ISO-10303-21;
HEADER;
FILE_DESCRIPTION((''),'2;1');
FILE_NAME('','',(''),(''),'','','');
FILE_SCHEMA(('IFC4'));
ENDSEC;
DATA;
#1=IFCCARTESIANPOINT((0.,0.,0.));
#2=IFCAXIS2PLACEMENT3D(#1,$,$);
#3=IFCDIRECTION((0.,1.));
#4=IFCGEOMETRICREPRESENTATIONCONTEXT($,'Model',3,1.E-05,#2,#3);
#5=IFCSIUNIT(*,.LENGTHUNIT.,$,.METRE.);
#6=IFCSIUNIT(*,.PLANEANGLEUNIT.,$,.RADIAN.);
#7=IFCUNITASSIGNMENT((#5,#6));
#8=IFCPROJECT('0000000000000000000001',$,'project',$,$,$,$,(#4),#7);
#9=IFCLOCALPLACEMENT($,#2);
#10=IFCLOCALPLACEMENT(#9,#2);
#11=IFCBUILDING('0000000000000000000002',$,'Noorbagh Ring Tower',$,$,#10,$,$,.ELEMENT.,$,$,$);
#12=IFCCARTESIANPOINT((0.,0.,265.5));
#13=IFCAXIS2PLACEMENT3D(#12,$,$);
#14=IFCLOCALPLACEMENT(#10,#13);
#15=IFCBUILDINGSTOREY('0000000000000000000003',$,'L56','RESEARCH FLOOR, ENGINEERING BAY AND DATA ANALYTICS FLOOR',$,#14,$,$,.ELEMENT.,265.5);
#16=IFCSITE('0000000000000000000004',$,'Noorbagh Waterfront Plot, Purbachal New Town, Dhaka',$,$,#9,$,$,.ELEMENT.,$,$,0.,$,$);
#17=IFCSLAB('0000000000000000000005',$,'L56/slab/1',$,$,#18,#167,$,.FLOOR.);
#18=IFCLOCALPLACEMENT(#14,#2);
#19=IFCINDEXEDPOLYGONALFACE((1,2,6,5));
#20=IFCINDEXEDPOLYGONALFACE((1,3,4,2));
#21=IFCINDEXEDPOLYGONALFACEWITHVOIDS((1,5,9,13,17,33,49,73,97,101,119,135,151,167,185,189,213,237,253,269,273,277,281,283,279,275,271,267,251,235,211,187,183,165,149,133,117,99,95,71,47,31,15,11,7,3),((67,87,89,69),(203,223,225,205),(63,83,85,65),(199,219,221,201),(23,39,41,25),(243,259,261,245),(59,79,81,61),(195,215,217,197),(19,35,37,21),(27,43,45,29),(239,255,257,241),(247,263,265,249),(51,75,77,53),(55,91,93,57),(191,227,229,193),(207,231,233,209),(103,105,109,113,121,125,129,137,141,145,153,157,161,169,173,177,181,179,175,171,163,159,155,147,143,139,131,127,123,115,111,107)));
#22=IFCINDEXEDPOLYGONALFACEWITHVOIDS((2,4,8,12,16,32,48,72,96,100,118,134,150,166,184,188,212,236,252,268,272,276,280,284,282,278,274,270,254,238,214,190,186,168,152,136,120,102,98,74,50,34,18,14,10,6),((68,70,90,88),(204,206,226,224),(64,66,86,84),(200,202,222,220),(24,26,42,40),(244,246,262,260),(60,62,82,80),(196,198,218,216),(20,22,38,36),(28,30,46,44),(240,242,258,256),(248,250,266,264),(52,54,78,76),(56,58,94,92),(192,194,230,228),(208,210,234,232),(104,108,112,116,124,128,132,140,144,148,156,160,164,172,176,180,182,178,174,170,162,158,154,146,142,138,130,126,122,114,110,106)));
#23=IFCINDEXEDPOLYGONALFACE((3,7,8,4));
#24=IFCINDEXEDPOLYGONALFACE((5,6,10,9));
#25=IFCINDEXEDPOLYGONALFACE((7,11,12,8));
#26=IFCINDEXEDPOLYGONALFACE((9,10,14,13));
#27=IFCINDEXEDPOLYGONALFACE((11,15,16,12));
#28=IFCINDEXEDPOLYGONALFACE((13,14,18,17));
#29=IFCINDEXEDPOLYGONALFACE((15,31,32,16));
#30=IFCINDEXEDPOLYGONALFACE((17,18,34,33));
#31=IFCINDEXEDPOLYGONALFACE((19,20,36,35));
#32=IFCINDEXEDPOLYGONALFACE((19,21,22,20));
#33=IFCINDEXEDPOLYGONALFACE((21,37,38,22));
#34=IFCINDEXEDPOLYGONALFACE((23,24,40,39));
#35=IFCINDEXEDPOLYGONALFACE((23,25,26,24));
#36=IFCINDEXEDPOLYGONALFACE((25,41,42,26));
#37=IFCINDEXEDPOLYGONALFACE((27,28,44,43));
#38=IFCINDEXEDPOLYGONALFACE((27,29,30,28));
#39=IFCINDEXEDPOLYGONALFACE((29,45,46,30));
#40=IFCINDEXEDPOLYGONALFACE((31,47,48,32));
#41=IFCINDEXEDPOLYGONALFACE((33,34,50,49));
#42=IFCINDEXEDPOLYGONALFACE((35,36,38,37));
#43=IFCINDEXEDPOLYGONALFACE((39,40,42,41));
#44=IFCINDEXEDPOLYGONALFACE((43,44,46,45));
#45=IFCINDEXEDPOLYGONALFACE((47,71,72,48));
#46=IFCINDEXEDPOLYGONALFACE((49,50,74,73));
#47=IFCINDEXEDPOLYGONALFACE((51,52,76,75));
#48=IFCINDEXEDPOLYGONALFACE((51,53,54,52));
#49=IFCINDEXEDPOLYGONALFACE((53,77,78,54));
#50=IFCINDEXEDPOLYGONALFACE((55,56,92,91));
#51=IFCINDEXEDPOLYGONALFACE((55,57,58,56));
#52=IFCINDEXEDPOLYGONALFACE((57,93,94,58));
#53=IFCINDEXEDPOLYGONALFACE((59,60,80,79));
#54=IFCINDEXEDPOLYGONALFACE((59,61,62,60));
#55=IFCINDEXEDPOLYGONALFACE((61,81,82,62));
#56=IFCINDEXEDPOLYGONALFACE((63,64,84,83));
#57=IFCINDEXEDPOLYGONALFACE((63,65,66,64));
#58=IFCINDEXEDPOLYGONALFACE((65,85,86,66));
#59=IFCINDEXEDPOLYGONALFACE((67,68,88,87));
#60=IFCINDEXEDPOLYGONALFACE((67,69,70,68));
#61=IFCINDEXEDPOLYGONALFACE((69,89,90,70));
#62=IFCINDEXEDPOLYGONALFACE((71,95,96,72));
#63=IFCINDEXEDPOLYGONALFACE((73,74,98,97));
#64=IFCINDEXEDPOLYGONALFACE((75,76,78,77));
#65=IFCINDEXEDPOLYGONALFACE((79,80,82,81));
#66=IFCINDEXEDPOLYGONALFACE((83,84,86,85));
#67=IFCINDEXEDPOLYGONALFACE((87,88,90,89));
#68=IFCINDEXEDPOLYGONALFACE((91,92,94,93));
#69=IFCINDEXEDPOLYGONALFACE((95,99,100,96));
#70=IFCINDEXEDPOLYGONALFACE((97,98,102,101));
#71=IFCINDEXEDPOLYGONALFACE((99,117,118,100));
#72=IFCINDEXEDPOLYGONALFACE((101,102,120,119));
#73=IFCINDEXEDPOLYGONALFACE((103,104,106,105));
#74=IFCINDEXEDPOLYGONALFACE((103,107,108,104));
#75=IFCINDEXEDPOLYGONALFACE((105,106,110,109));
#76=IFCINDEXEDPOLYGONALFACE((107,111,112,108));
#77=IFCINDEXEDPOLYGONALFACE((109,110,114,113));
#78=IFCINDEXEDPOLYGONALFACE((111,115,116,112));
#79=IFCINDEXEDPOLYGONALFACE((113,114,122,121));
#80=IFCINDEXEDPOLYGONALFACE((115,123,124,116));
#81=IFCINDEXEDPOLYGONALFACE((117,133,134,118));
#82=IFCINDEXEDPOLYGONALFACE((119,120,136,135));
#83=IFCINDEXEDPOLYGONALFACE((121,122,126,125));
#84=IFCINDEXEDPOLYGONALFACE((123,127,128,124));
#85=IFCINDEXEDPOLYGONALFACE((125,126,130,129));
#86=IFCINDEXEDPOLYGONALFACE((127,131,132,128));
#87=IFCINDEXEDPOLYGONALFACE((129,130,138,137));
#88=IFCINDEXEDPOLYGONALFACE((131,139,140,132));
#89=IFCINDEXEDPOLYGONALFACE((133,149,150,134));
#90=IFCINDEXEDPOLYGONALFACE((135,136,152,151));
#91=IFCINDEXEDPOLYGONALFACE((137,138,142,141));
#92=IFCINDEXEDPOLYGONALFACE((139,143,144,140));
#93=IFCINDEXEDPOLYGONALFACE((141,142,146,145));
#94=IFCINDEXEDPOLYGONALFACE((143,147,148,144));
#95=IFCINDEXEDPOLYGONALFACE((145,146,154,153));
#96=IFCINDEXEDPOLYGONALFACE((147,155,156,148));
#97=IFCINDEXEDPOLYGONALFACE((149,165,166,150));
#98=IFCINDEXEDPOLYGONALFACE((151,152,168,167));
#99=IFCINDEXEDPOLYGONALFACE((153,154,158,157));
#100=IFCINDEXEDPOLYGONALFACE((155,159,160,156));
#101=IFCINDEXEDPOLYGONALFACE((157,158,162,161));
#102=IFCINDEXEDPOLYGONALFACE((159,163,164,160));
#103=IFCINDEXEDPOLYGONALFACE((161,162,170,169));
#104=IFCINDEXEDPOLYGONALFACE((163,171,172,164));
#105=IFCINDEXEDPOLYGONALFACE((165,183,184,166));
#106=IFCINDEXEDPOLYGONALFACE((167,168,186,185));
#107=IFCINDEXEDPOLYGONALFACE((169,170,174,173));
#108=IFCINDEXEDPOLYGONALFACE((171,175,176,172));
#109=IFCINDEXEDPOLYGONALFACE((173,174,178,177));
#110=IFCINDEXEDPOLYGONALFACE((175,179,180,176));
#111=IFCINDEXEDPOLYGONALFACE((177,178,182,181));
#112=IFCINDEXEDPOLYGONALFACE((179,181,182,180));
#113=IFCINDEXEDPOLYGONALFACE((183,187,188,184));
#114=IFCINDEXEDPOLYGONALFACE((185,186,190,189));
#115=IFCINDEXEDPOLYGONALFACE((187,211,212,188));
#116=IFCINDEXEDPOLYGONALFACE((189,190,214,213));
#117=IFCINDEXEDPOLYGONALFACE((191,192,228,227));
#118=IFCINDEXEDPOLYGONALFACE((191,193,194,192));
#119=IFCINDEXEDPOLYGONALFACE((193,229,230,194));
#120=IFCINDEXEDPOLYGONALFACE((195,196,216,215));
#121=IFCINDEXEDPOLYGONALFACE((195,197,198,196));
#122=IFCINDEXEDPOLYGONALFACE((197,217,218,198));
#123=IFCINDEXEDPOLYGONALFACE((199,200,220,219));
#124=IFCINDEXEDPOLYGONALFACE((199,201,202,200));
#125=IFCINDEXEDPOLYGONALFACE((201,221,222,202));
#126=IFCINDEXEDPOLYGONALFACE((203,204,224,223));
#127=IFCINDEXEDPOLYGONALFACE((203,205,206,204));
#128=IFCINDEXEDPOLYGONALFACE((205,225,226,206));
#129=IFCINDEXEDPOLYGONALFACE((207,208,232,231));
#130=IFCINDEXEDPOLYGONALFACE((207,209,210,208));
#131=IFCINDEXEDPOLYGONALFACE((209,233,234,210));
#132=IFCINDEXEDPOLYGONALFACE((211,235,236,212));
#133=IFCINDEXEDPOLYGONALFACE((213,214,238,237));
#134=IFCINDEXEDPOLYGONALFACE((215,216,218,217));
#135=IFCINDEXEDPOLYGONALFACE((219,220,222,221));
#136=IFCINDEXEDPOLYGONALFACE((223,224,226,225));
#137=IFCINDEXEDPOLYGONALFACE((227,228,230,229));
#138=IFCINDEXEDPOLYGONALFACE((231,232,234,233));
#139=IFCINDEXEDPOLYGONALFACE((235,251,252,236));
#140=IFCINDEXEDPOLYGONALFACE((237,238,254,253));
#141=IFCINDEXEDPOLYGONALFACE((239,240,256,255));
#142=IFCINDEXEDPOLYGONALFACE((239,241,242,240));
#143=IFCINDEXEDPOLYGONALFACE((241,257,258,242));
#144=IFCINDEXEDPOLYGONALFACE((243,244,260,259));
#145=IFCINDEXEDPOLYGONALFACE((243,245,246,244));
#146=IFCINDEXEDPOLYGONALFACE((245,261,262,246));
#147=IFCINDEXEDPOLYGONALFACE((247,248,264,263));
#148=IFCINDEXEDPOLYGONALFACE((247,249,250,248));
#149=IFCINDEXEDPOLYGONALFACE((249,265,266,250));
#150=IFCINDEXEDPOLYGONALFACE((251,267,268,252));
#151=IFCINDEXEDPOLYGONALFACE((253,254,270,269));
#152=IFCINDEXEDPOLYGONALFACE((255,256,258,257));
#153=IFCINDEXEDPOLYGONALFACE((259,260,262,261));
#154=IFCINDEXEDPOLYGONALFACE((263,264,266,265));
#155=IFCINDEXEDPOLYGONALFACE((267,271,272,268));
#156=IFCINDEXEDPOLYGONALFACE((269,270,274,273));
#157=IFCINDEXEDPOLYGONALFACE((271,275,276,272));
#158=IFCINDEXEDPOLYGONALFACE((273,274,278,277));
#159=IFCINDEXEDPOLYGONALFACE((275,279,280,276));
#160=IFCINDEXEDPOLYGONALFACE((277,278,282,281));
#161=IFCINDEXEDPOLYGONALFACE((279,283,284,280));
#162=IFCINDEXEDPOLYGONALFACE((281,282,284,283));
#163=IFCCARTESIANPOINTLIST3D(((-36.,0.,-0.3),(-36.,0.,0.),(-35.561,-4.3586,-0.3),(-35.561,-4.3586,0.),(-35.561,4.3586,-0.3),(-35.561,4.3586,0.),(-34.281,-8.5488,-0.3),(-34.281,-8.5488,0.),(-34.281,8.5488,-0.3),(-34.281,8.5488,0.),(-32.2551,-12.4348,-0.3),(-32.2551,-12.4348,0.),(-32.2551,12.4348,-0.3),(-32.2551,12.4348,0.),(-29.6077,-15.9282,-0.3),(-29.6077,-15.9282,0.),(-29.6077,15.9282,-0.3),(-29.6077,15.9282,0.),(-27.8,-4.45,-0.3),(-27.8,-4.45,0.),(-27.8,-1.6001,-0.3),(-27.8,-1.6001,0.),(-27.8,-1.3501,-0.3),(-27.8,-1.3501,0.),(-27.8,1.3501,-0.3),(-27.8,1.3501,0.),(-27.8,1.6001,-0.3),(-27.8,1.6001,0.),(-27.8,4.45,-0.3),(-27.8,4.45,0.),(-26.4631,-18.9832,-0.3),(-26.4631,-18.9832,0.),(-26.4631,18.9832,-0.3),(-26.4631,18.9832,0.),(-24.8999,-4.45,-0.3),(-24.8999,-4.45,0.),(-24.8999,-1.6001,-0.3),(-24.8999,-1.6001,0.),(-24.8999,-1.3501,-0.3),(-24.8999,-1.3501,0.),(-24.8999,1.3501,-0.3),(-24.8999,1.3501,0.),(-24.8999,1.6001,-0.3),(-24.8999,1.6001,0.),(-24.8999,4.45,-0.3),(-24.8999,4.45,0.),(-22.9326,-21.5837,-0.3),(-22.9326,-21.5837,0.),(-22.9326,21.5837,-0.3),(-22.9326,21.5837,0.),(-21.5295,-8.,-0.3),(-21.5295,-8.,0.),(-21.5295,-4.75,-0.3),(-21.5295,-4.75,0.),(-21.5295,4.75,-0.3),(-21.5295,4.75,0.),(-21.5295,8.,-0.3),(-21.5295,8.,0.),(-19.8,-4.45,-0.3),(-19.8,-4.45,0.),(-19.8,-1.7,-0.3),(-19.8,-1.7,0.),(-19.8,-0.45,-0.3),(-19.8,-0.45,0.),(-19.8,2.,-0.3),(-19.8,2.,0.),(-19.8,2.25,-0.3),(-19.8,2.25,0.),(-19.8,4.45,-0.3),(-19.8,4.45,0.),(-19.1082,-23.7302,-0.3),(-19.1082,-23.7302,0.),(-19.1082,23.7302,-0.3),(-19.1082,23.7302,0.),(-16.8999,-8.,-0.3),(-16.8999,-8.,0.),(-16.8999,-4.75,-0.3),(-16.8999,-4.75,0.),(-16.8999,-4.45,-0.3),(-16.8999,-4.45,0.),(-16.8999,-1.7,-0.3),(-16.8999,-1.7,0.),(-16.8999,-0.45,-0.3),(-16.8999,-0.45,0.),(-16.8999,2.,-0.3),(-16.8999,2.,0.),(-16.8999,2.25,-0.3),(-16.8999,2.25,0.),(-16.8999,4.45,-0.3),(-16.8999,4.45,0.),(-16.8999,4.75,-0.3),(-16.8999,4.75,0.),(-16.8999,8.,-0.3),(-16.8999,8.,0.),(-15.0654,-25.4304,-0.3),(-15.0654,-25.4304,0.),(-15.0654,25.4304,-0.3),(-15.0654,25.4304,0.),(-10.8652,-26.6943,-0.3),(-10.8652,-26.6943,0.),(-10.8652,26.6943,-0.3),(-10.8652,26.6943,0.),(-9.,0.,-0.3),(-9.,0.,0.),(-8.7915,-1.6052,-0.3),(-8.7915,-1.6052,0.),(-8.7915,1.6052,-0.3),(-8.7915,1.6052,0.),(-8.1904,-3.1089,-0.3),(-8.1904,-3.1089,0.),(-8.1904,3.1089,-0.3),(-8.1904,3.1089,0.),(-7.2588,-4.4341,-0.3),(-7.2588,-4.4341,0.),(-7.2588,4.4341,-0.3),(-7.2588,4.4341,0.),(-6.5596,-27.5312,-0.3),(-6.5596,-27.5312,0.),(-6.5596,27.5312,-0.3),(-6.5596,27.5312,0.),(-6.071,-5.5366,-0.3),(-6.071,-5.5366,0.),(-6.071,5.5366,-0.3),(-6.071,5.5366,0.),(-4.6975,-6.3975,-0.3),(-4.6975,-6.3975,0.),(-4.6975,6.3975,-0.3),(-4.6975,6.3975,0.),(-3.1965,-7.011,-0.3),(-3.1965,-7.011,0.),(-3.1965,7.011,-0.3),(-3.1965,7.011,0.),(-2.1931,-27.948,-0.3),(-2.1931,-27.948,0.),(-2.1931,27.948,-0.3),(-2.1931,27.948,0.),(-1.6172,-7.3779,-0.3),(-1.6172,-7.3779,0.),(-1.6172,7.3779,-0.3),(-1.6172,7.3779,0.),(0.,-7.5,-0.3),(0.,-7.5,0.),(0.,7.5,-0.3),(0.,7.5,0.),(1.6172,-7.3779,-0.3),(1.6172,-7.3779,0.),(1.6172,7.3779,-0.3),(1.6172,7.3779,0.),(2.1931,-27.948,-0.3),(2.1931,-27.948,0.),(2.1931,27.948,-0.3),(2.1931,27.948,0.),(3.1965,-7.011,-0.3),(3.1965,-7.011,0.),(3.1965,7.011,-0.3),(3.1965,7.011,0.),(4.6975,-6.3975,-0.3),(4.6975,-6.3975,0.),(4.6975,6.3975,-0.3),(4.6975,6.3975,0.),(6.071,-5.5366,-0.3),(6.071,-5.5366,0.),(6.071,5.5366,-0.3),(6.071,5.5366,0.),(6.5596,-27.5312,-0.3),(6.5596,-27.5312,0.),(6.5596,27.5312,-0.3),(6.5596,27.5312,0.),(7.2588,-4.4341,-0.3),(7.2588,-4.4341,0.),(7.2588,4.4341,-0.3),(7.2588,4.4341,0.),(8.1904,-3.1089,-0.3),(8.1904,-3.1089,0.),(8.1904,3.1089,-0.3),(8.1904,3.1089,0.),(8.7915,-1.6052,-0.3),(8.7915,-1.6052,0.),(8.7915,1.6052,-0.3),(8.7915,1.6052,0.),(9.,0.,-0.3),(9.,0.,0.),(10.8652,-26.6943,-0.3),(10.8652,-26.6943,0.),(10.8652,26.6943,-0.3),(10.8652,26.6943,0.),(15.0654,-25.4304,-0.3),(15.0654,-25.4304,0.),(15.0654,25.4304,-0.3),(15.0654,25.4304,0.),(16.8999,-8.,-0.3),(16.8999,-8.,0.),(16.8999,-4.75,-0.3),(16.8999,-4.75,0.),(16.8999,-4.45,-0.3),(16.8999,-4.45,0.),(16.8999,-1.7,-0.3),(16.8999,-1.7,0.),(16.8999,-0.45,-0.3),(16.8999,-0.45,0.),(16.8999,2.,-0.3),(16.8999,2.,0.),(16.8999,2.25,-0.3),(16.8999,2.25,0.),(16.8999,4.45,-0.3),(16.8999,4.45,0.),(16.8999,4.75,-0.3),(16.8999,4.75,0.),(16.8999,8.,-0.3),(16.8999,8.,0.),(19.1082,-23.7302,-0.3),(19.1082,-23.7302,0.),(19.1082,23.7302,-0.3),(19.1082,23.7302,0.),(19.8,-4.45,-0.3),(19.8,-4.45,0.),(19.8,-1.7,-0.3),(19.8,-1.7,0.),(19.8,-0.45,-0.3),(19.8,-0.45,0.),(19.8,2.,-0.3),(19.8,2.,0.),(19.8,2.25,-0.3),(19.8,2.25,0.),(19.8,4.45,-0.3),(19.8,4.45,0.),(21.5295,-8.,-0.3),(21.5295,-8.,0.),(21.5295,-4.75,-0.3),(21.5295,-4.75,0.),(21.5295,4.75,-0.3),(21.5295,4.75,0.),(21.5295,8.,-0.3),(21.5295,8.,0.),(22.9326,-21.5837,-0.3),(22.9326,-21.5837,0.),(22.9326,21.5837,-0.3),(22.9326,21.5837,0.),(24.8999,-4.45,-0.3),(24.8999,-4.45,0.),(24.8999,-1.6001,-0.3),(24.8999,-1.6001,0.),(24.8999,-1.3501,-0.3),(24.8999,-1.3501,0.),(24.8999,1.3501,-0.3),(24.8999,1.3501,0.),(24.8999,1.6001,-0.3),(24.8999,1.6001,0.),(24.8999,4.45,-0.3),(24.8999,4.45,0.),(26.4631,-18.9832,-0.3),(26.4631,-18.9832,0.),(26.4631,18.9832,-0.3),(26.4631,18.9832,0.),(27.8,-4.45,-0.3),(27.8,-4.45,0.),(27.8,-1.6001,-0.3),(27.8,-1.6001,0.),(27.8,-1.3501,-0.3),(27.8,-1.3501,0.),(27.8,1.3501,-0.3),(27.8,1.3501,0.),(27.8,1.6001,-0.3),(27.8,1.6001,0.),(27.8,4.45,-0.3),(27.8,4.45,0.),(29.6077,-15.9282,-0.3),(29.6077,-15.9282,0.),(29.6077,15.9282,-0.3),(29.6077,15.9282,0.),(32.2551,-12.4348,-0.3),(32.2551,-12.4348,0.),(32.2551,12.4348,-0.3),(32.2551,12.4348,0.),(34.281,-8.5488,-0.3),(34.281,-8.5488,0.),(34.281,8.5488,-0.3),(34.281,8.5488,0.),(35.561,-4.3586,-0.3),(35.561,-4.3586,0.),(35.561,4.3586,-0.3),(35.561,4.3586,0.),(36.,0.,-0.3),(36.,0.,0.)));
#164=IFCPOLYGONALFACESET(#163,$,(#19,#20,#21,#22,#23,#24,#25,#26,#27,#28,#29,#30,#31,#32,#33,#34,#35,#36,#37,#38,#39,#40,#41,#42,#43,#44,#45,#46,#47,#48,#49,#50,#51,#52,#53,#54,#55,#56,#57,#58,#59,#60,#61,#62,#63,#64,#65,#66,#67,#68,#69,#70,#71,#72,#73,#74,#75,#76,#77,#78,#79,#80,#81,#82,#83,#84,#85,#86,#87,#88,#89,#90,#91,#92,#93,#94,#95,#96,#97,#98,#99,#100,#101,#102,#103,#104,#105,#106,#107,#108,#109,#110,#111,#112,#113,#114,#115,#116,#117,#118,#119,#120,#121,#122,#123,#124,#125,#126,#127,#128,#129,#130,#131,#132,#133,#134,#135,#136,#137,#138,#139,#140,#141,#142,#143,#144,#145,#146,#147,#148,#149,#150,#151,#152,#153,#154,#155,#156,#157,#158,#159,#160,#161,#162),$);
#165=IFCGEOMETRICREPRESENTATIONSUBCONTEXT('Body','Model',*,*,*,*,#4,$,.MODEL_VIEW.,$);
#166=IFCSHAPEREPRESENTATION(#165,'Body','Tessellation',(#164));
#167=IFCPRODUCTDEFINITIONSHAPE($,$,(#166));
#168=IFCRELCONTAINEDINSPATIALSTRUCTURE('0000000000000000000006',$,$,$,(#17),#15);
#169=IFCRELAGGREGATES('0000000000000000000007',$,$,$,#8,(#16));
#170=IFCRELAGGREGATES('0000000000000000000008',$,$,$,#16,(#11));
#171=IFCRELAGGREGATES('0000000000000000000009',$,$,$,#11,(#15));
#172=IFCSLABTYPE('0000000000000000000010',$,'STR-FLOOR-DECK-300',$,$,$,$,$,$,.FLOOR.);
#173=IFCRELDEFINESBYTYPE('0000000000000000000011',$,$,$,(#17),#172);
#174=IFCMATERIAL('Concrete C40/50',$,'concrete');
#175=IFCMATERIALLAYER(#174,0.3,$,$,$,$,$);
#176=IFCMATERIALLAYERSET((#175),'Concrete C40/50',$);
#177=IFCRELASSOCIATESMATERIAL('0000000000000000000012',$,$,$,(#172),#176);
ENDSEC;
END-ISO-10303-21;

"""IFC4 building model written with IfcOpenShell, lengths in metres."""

from ifc_helpers import new_model, si_unit, direction, frame, origin, place, context, subcontext, project, spatial, polyline, outline, extrude, material, layer, layer_set, type_object, element, save


model = new_model("IFC4")

# Units and contexts
model_context = context("Model", 3, precision=1e-05, world=origin(), true_north=direction((0.0, 1.0)))
body_context = subcontext(model_context, "Body", "Model", "MODEL_VIEW")
ifc_project = project(units=[si_unit("LENGTHUNIT", "METRE"), si_unit("PLANEANGLEUNIT", "RADIAN")], contexts=[model_context])

# Site, building, storey
site_placement = place(None, origin())
site = spatial("IfcSite", under=ifc_project, at=site_placement, Name="Noorbagh Waterfront Plot, Purbachal New Town, Dhaka", CompositionType="ELEMENT", RefElevation=0.0)
building_placement = place(site_placement, origin())
building = spatial("IfcBuilding", under=site, at=building_placement, Name="Noorbagh Ring Tower", CompositionType="ELEMENT")
storey_placement = place(building_placement, frame((0.0, 0.0, 265.5)))
storey = spatial("IfcBuildingStorey", under=building, at=storey_placement, Name="L56", Description="RESEARCH FLOOR, ENGINEERING BAY AND DATA ANALYTICS FLOOR", CompositionType="ELEMENT", Elevation=265.5)

# Slab
ifc_material_1 = material(Name="Concrete C40/50", Category="concrete")
ifc_layer_1 = layer(ifc_material_1, 0.3)
ifc_layer_set_1 = layer_set([ifc_layer_1], Name="Concrete C40/50")
slab_type_1 = type_object("IfcSlabType", Name="STR-FLOOR-DECK-300", PredefinedType="FLOOR", material=ifc_layer_set_1)
slab_1_placement = place(storey_placement, frame((0.0, 0.0, -0.3)))
element("IfcSlab", 1, at=slab_1_placement, inside=storey, type_object=slab_type_1, Name="L56/slab/1", PredefinedType="FLOOR", context=body_context, shape_type="SweptSolid", body=[
    extrude(outline(polyline([(36.0, 0.0), (35.561, 4.3586), (34.281, 8.5488), (32.2551, 12.4348), (29.6077, 15.9282), (26.4631, 18.9832), (22.9326, 21.5837), (19.1082, 23.7302), (15.0654, 25.4304), (10.8652, 26.6943), (6.5596, 27.5312), (2.1931, 27.948), (-2.1931, 27.948), (-6.5596, 27.5312), (-10.8652, 26.6943), (-15.0654, 25.4304), (-19.1082, 23.7302), (-22.9326, 21.5837), (-26.4631, 18.9832), (-29.6077, 15.9282), (-32.2551, 12.4348), (-34.281, 8.5488), (-35.561, 4.3586), (-36.0, 0.0), (-35.561, -4.3586), (-34.281, -8.5488), (-32.2551, -12.4348), (-29.6077, -15.9282), (-26.4631, -18.9832), (-22.9326, -21.5837), (-19.1082, -23.7302), (-15.0654, -25.4304), (-10.8652, -26.6943), (-6.5596, -27.5312), (-2.1931, -27.948), (2.1931, -27.948), (6.5596, -27.5312), (10.8652, -26.6943), (15.0654, -25.4304), (19.1082, -23.7302), (22.9326, -21.5837), (26.4631, -18.9832), (29.6077, -15.9282), (32.2551, -12.4348), (34.281, -8.5488), (35.561, -4.3586), (36.0, 0.0)]), holes=[polyline([(24.8999, 4.45), (27.8, 4.45), (27.8, 1.6001), (24.8999, 1.6001), (24.8999, 4.45)]), polyline([(24.8999, 1.3501), (27.8, 1.3501), (27.8, -1.3501), (24.8999, -1.3501), (24.8999, 1.3501)]), polyline([(24.8999, -1.6001), (27.8, -1.6001), (27.8, -4.45), (24.8999, -4.45), (24.8999, -1.6001)]), polyline([(21.5295, -8.0), (16.8999, -8.0), (16.8999, -4.75), (21.5295, -4.75), (21.5295, -8.0)]), polyline([(16.8999, 4.75), (16.8999, 8.0), (21.5295, 8.0), (21.5295, 4.75), (16.8999, 4.75)]), polyline([(19.8, 4.45), (19.8, 2.25), (16.8999, 2.25), (16.8999, 4.45), (19.8, 4.45)]), polyline([(16.8999, 2.0), (19.8, 2.0), (19.8, -0.45), (16.8999, -0.45), (16.8999, 2.0)]), polyline([(16.8999, -1.7), (19.8, -1.7), (19.8, -4.45), (16.8999, -4.45), (16.8999, -1.7)]), polyline([(4.6975, -6.3975), (3.1965, -7.011), (1.6172, -7.3779), (0.0, -7.5), (-1.6172, -7.3779), (-3.1965, -7.011), (-4.6975, -6.3975), (-6.071, -5.5366), (-7.2588, -4.4341), (-8.1904, -3.1089), (-8.7915, -1.6052), (-9.0, 0.0), (-8.7915, 1.6052), (-8.1904, 3.1089), (-7.2588, 4.4341), (-6.071, 5.5366), (-4.6975, 6.3975), (-3.1965, 7.011), (-1.6172, 7.3779), (0.0, 7.5), (1.6172, 7.3779), (3.1965, 7.011), (4.6975, 6.3975), (6.071, 5.5366), (7.2588, 4.4341), (8.1904, 3.1089), (8.7915, 1.6052), (9.0, 0.0), (8.7915, -1.6052), (8.1904, -3.1089), (7.2588, -4.4341), (6.071, -5.5366), (4.6975, -6.3975)]), polyline([(-16.8999, 2.25), (-19.8, 2.25), (-19.8, 4.45), (-16.8999, 4.45), (-16.8999, 2.25)]), polyline([(-16.8999, -0.45), (-19.8, -0.45), (-19.8, 2.0), (-16.8999, 2.0), (-16.8999, -0.45)]), polyline([(-16.8999, -4.45), (-19.8, -4.45), (-19.8, -1.7), (-16.8999, -1.7), (-16.8999, -4.45)]), polyline([(-21.5295, 8.0), (-16.8999, 8.0), (-16.8999, 4.75), (-21.5295, 4.75), (-21.5295, 8.0)]), polyline([(-21.5295, -4.75), (-16.8999, -4.75), (-16.8999, -8.0), (-21.5295, -8.0), (-21.5295, -4.75)]), polyline([(-24.8999, -4.45), (-27.8, -4.45), (-27.8, -1.6001), (-24.8999, -1.6001), (-24.8999, -4.45)]), polyline([(-24.8999, 1.6001), (-27.8, 1.6001), (-27.8, 4.45), (-24.8999, 4.45), (-24.8999, 1.6001)]), polyline([(-24.8999, -1.3501), (-27.8, -1.3501), (-27.8, 1.3501), (-24.8999, 1.3501), (-24.8999, -1.3501)])]), origin(), (0.0, 0.0, 1.0), 0.3),
])

save(model, "model.ifc")
